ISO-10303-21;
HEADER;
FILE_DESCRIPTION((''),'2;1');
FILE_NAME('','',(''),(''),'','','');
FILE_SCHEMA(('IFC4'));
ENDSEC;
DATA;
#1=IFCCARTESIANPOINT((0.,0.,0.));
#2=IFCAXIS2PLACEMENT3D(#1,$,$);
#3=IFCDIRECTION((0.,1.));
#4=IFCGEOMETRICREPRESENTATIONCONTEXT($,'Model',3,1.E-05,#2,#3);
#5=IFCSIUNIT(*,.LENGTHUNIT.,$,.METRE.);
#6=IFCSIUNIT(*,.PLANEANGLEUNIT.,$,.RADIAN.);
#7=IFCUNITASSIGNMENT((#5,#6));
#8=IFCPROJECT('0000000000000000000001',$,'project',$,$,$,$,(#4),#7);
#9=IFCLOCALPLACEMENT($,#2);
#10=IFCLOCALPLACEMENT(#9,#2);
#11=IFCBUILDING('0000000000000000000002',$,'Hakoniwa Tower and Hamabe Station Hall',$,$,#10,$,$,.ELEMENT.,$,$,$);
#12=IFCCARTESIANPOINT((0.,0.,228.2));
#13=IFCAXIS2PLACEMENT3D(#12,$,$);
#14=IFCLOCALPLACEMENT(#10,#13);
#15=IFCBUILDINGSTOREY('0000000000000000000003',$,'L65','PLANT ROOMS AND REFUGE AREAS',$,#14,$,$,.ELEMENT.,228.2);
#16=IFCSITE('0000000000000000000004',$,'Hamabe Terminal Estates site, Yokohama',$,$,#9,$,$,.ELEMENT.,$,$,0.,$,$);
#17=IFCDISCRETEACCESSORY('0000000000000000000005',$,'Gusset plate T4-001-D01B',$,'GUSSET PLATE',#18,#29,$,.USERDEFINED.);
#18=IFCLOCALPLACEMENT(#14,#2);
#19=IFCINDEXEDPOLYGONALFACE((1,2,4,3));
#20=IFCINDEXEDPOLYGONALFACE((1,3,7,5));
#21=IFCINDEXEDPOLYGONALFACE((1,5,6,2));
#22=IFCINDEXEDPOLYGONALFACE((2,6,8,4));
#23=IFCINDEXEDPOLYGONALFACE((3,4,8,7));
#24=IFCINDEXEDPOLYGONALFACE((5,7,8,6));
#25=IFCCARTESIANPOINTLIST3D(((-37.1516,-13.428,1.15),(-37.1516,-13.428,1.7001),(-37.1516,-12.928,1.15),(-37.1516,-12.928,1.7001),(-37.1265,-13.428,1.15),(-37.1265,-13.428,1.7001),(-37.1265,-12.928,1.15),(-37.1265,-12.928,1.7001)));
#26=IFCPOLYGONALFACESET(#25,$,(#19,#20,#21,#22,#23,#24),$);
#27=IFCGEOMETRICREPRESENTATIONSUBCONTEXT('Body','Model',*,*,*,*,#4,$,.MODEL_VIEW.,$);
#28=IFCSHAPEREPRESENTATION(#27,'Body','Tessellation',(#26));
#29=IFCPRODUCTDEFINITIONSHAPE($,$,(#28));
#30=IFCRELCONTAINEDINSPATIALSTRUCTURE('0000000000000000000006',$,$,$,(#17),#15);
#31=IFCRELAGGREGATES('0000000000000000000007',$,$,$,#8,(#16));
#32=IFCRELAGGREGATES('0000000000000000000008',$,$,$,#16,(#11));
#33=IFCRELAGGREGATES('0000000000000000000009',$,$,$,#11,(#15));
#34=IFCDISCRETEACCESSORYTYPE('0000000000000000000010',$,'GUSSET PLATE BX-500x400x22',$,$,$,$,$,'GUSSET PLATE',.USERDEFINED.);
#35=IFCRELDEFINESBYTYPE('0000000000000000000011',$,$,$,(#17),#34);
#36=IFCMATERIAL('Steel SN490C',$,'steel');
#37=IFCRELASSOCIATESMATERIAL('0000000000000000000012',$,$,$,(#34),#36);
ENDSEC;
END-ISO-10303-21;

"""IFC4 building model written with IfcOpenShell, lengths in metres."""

from ifc_helpers import new_model, si_unit, direction, frame, origin, origin_2d, place, context, subcontext, project, spatial, rectangle, extrude, material, material_profile, profile_set, type_object, element, save


model = new_model("IFC4")

# Units and contexts
model_context = context("Model", 3, precision=1e-05, world=origin(), true_north=direction((0.0, 1.0)))
body_context = subcontext(model_context, "Body", "Model", "MODEL_VIEW")
ifc_project = project(units=[si_unit("LENGTHUNIT", "METRE"), si_unit("PLANEANGLEUNIT", "RADIAN")], contexts=[model_context])

# Site, building, storey
site_placement = place(None, origin())
site = spatial("IfcSite", under=ifc_project, at=site_placement, Name="Hamabe Terminal Estates site, Yokohama", CompositionType="ELEMENT", RefElevation=0.0)
building_placement = place(site_placement, origin())
building = spatial("IfcBuilding", under=site, at=building_placement, Name="Hakoniwa Tower and Hamabe Station Hall", CompositionType="ELEMENT")
storey_placement = place(building_placement, frame((0.0, 0.0, 228.2)))
storey = spatial("IfcBuildingStorey", under=building, at=storey_placement, Name="L65", Description="PLANT ROOMS AND REFUGE AREAS", CompositionType="ELEMENT", Elevation=228.2)

# Discrete accessory
ifc_material_1 = material(Name="Steel SN490C", Category="steel")
ifc_material_profile_1 = material_profile(ifc_material_1, rectangle(XDim=0.5, YDim=0.55, at=origin_2d()), Name="GUSSET PLATE BX-500x400x22")
ifc_profile_set_1 = profile_set([ifc_material_profile_1], Name="Steel SN490C")
discrete_accessory_type_1 = type_object("IfcDiscreteAccessoryType", Name="GUSSET PLATE BX-500x400x22", ElementType="GUSSET PLATE", PredefinedType="USERDEFINED", material=ifc_profile_set_1)
for number, where, z_axis, x_axis, name in (
    (1, (-37.1265, -13.178, 1.425), (-1.0, 0.0, 0.0), (0.0, -1.0, 0.0), "Gusset plate T4-001-D01B"),
):
    element("IfcDiscreteAccessory", number, at=place(storey_placement, frame(where, z_axis=z_axis, x_axis=x_axis)), inside=storey, type_object=discrete_accessory_type_1, Name=name, ObjectType="GUSSET PLATE", PredefinedType="USERDEFINED", context=body_context, shape_type="SweptSolid", body=[
        extrude(rectangle(XDim=0.5, YDim=0.55, at=origin_2d()), origin(), (0.0, 0.0, 1.0), 0.0251),
    ])

save(model, "model.ifc")
